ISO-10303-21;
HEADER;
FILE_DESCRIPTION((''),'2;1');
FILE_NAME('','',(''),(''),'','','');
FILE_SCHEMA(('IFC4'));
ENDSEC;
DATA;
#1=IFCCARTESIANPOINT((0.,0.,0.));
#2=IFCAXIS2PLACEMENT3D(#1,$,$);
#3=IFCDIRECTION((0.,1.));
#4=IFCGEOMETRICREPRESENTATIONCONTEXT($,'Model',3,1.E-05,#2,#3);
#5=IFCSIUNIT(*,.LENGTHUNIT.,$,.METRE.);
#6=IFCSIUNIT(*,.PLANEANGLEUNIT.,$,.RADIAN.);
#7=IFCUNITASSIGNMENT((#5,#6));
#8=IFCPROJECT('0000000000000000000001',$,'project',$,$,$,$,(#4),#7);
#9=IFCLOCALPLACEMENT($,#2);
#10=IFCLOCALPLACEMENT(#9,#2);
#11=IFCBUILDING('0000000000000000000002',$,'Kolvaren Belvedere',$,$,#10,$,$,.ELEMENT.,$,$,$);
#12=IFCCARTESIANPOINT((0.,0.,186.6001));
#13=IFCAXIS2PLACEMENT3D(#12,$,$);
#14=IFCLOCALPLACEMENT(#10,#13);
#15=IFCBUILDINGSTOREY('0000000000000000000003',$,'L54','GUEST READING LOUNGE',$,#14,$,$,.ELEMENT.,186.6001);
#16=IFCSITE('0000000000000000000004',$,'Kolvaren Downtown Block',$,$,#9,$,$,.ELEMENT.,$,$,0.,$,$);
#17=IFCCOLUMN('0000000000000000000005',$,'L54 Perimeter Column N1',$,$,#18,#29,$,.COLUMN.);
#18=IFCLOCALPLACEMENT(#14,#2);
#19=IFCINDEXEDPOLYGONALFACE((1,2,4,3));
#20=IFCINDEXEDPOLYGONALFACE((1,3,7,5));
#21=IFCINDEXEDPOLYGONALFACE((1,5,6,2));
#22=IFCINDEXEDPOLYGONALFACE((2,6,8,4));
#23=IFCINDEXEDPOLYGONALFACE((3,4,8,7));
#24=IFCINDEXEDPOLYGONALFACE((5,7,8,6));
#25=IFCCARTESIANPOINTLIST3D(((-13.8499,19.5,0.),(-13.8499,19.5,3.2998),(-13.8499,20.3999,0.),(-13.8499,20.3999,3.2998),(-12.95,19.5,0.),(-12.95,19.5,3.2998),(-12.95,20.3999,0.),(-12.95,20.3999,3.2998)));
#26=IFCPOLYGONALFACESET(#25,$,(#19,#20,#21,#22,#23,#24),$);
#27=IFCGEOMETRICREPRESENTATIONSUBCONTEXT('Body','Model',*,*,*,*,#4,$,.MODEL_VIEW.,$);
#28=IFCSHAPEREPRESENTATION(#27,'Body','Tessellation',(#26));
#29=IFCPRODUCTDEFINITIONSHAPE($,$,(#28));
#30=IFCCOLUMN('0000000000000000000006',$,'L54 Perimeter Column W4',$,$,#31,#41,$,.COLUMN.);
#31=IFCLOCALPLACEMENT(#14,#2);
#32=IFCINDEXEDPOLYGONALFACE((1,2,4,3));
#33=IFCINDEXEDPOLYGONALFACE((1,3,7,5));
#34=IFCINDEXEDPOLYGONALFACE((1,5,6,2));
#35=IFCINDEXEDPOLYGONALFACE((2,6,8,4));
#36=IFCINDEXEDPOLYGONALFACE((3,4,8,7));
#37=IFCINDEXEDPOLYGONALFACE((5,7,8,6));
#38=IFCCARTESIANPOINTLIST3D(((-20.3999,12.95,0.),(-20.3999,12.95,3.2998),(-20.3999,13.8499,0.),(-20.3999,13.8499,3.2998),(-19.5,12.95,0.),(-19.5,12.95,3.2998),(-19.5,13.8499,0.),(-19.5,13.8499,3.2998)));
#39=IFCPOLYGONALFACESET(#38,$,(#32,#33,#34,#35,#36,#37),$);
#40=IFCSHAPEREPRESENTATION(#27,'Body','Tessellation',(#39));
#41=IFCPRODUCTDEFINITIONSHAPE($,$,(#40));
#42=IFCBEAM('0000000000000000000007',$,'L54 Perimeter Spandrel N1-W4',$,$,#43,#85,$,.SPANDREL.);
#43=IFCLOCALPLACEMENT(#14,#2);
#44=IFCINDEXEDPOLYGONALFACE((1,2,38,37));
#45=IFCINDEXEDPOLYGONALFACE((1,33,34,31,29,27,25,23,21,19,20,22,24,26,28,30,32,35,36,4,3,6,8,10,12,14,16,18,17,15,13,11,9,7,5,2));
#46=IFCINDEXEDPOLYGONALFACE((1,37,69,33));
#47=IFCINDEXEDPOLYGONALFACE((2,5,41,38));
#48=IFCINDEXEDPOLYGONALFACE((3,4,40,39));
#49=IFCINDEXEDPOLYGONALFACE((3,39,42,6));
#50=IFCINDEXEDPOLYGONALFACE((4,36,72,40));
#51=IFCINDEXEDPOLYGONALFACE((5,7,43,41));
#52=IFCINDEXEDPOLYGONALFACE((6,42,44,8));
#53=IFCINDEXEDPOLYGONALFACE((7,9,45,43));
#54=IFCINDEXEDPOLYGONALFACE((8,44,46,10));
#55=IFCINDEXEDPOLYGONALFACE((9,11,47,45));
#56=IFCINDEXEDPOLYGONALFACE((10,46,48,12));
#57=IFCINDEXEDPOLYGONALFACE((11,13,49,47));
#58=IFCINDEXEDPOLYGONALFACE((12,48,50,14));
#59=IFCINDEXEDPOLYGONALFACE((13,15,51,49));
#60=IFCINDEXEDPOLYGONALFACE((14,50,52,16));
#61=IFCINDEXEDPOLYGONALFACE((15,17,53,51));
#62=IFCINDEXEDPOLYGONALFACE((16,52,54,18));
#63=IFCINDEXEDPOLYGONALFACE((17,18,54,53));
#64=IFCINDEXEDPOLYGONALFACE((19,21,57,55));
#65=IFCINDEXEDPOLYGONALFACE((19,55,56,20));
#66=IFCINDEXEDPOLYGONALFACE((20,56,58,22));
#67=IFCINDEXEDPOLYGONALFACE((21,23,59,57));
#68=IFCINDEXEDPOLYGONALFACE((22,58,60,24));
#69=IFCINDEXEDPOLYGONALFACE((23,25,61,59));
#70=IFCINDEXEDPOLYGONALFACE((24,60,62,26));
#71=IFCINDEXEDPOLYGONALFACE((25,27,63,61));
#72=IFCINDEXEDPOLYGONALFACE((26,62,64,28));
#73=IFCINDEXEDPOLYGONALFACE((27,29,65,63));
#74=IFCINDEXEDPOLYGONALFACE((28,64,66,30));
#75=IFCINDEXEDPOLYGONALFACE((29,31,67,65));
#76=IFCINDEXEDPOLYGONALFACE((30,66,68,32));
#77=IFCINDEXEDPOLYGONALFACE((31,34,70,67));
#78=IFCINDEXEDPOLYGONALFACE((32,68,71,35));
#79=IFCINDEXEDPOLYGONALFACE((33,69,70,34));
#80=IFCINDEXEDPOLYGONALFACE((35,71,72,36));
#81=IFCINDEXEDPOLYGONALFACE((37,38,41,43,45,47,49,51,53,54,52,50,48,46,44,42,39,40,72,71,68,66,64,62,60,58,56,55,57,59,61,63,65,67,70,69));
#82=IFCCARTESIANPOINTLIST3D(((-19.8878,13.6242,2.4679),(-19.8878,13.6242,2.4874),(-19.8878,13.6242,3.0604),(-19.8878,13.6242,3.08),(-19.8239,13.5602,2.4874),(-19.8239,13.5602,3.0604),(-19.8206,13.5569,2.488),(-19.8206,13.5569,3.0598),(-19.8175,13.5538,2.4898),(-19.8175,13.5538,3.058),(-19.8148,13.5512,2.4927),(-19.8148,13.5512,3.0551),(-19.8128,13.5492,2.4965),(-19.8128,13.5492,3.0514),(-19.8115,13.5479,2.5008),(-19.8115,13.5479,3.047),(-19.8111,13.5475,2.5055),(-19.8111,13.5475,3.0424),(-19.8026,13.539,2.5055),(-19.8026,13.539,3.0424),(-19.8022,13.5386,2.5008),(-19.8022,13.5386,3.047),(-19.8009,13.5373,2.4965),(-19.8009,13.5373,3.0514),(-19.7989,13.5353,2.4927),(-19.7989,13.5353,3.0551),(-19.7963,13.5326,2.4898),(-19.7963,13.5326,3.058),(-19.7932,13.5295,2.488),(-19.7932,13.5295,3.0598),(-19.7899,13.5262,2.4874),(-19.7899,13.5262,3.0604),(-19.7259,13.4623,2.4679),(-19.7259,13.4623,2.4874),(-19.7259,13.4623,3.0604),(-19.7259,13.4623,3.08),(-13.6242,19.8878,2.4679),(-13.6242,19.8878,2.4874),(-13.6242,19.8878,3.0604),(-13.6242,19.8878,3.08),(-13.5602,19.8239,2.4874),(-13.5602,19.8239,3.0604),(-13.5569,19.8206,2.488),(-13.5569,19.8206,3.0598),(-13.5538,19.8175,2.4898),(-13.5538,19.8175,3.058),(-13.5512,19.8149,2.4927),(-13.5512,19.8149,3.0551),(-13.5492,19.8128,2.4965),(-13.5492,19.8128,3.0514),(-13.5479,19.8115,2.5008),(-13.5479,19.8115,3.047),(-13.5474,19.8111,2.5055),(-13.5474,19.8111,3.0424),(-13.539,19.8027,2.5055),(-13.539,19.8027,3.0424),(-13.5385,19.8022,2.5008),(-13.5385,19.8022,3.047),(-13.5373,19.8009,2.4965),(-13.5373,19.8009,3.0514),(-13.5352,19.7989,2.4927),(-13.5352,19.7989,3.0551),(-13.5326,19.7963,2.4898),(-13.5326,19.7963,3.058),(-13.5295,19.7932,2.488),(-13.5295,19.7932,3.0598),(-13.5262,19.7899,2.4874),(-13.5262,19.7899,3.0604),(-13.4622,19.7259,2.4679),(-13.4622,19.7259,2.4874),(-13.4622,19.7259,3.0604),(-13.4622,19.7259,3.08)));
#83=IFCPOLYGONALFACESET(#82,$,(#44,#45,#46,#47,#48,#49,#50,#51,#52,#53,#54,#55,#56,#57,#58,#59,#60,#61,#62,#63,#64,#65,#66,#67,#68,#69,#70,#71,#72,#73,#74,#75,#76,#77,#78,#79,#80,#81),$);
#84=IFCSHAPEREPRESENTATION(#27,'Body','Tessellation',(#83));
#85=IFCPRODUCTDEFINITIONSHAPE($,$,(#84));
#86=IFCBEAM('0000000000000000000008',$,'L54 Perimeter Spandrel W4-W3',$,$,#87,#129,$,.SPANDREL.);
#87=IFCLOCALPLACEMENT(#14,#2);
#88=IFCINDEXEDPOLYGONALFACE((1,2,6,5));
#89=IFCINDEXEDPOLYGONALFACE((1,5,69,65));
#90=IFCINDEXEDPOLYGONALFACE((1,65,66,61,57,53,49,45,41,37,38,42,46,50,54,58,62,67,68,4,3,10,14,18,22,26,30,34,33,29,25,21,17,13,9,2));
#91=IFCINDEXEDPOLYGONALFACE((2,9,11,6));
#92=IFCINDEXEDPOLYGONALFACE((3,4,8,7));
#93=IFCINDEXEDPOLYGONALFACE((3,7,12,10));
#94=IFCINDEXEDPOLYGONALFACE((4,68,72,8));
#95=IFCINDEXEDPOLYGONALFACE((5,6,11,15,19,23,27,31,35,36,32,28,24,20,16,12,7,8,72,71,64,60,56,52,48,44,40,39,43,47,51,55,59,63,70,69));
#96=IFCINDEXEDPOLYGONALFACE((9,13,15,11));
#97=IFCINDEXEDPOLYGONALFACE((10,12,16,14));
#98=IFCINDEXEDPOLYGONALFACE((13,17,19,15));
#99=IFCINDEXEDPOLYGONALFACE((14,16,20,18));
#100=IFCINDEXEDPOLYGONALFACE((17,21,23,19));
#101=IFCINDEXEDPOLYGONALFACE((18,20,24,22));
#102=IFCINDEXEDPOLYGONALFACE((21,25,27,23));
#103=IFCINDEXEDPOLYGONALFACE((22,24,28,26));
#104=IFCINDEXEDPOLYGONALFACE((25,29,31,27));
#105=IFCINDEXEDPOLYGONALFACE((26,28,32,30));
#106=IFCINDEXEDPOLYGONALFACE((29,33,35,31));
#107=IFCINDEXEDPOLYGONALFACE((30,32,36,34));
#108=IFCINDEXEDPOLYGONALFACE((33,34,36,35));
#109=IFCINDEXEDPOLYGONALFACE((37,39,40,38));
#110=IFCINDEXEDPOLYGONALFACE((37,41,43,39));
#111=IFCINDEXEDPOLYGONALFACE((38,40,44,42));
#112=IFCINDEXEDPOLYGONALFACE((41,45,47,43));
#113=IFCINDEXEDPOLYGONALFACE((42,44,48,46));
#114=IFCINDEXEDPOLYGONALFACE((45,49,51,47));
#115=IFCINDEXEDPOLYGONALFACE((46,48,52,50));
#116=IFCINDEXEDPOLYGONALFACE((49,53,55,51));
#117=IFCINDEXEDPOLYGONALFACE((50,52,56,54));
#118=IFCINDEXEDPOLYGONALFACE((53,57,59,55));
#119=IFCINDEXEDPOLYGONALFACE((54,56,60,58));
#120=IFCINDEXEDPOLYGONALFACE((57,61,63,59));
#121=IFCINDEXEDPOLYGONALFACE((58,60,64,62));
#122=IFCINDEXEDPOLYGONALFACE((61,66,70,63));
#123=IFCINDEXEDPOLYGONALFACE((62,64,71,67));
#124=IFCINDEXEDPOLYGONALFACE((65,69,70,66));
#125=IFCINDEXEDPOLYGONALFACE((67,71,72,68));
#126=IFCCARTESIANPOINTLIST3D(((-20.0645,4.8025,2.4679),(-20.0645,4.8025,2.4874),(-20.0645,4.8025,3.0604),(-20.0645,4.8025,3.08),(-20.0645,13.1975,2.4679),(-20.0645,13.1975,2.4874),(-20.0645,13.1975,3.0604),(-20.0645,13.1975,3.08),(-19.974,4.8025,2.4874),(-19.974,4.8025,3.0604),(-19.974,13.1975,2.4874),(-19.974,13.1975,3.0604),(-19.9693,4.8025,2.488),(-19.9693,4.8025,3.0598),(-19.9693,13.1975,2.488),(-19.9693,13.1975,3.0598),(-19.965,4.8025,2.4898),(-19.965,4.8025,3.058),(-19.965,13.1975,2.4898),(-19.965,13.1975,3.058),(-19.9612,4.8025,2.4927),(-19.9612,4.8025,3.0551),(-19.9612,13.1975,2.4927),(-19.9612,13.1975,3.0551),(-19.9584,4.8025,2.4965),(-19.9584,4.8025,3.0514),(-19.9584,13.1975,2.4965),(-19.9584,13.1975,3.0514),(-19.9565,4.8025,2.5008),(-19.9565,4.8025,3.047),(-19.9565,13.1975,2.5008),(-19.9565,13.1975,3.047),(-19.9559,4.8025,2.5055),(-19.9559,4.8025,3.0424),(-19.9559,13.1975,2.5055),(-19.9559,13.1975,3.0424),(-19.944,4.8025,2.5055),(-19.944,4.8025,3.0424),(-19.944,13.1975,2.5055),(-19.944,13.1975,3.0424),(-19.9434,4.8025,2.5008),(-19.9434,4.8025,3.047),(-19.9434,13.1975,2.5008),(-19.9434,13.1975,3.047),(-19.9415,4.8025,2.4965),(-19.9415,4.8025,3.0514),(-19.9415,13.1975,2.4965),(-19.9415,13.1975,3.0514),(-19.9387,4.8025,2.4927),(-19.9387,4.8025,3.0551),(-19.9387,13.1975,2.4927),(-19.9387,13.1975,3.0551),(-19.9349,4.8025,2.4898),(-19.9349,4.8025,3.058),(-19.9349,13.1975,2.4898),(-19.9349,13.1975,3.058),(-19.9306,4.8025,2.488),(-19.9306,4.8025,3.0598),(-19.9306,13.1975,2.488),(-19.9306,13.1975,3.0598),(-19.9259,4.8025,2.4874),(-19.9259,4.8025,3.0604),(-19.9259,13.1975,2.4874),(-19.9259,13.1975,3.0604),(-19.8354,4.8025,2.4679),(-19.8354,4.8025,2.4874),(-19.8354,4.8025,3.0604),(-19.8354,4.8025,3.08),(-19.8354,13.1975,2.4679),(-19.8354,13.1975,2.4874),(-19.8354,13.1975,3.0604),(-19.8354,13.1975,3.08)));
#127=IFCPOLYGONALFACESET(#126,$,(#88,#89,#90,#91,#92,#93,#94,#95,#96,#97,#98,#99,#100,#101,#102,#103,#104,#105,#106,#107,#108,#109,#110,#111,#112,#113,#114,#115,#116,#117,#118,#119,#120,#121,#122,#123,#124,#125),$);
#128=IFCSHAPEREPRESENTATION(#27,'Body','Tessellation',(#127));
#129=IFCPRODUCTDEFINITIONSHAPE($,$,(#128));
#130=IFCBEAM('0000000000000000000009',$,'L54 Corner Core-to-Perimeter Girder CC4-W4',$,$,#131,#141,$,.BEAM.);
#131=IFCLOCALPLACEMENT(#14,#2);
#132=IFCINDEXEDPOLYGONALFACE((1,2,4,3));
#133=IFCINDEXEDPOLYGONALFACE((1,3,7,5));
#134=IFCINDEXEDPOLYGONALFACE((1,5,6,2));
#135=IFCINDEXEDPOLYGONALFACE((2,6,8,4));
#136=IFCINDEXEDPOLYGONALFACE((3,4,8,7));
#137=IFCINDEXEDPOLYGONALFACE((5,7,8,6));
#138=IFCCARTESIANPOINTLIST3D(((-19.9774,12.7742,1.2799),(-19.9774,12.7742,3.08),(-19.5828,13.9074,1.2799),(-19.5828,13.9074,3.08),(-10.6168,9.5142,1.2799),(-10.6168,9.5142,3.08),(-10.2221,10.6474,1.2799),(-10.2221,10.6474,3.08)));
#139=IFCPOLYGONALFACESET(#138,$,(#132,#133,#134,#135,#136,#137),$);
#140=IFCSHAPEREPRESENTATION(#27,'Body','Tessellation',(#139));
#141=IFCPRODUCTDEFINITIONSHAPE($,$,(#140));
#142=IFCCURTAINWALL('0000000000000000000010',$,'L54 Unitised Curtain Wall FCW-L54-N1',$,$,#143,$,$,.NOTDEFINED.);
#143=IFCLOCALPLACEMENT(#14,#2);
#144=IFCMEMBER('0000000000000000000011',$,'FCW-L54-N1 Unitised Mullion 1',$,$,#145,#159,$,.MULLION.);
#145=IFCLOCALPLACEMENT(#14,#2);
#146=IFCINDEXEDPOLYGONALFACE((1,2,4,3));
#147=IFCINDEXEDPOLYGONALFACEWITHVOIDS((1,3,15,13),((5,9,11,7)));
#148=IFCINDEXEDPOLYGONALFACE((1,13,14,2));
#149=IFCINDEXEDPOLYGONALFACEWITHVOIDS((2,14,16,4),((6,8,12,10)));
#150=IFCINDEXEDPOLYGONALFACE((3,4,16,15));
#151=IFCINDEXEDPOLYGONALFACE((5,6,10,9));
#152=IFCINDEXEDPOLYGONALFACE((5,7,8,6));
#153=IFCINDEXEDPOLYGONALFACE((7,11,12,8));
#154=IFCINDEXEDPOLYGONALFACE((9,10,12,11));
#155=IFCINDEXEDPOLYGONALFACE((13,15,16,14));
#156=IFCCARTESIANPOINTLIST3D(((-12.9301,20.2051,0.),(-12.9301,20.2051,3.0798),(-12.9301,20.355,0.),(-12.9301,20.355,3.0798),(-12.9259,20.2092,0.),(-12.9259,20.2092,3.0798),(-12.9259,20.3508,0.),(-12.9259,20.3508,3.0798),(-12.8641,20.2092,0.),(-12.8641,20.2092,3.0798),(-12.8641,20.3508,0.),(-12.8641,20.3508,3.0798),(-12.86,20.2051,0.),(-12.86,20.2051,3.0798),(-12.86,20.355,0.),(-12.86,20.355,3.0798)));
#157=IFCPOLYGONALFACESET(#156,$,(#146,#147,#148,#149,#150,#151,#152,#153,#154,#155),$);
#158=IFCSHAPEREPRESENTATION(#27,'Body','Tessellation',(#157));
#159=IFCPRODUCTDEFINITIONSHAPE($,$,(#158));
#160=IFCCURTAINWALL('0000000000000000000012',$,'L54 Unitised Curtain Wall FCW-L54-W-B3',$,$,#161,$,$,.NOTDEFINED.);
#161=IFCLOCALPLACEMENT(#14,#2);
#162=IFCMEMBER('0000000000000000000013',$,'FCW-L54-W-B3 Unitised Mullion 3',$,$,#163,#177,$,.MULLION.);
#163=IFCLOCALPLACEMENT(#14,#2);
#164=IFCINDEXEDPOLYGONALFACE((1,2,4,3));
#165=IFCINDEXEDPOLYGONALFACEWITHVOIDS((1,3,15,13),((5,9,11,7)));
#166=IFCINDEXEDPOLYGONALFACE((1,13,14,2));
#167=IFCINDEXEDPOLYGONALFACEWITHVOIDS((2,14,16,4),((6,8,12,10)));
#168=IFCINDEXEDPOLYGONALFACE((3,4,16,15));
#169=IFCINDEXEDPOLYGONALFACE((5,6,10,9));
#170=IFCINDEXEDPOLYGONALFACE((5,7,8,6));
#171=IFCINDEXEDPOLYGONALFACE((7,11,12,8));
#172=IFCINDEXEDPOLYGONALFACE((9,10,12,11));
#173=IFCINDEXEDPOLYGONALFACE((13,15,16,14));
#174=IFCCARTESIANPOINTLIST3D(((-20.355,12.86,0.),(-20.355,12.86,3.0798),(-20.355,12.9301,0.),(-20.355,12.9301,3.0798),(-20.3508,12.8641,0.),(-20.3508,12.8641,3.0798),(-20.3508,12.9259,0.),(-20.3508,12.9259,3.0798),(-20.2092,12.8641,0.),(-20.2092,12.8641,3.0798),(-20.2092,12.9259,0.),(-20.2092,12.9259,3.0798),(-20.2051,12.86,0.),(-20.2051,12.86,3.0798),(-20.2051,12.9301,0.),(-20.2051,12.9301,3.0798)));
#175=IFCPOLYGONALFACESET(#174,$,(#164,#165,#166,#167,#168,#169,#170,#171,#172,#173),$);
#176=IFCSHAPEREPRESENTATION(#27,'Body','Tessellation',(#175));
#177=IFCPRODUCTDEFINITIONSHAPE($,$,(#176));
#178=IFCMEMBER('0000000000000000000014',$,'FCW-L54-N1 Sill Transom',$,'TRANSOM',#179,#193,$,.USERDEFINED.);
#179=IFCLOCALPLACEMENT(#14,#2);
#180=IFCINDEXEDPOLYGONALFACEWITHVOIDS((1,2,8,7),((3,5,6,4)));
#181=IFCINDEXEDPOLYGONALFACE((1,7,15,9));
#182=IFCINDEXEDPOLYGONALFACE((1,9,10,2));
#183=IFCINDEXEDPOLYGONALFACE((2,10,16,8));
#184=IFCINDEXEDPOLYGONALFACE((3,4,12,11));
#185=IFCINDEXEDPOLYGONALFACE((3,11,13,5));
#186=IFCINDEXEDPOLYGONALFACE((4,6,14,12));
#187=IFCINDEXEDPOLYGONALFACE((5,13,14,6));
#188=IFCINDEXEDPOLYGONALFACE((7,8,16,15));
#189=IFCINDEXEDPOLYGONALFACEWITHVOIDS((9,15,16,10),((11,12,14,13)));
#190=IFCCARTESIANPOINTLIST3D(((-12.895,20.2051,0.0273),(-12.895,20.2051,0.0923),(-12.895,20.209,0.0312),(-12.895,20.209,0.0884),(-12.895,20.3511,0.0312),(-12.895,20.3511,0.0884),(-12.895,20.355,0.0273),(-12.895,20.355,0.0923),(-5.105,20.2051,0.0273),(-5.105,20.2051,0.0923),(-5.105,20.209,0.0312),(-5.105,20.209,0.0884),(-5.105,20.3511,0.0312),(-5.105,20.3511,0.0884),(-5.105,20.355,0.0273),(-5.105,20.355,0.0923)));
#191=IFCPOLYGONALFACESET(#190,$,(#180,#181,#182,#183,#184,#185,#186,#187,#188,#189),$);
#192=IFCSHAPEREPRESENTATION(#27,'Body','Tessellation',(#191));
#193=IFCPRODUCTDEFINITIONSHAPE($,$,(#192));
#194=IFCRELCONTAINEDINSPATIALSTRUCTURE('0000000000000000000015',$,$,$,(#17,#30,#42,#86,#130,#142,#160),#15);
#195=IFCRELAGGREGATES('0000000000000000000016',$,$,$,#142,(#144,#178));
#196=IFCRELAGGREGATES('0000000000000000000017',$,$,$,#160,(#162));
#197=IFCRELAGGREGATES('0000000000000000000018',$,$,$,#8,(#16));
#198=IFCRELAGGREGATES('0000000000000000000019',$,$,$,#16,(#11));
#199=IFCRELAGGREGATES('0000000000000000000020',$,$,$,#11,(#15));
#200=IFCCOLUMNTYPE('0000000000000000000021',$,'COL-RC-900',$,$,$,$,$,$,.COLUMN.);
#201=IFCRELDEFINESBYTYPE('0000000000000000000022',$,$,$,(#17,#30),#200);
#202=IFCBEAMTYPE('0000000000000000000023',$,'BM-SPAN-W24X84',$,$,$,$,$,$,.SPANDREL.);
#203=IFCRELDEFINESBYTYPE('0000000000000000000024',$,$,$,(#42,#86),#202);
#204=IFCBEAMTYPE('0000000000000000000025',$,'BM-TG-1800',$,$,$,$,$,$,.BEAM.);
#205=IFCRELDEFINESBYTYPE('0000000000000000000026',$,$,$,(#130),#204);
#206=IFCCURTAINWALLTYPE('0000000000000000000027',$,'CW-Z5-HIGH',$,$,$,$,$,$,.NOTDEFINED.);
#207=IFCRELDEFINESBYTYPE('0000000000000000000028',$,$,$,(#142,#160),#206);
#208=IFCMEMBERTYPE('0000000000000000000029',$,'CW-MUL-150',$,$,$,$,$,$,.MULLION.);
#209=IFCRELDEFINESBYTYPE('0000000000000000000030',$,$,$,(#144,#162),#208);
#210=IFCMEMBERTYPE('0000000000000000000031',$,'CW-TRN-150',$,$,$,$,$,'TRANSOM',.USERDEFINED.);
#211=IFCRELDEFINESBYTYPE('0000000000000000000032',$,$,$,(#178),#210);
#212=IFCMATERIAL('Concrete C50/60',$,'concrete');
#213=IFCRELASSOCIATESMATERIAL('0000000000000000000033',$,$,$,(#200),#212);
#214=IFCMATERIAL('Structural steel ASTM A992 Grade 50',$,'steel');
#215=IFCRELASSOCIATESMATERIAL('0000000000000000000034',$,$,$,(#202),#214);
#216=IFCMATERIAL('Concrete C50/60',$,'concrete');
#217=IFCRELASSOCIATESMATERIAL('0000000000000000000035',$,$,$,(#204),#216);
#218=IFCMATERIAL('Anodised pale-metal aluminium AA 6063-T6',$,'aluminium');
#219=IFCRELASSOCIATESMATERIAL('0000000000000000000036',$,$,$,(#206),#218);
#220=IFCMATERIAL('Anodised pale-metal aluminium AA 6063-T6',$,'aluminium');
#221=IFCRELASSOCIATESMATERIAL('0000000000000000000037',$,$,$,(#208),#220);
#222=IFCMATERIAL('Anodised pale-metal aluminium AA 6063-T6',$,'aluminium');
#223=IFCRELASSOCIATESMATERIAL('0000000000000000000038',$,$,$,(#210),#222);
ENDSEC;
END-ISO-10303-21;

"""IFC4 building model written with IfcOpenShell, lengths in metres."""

from ifc_helpers import new_model, si_unit, direction, frame, origin, origin_2d, place, context, subcontext, project, spatial, rectangle, hollow_rectangle, i_section, extrude, material, material_profile, profile_set, type_object, element, aggregate, save


model = new_model("IFC4")

# Units and contexts
model_context = context("Model", 3, precision=1e-05, world=origin(), true_north=direction((0.0, 1.0)))
body_context = subcontext(model_context, "Body", "Model", "MODEL_VIEW")
ifc_project = project(units=[si_unit("LENGTHUNIT", "METRE"), si_unit("PLANEANGLEUNIT", "RADIAN")], contexts=[model_context])

# Site, building, storey
site_placement = place(None, origin())
site = spatial("IfcSite", under=ifc_project, at=site_placement, Name="Kolvaren Downtown Block", CompositionType="ELEMENT", RefElevation=0.0)
building_placement = place(site_placement, origin())
building = spatial("IfcBuilding", under=site, at=building_placement, Name="Kolvaren Belvedere", CompositionType="ELEMENT")
storey_placement = place(building_placement, frame((0.0, 0.0, 186.6001)))
storey = spatial("IfcBuildingStorey", under=building, at=storey_placement, Name="L54", Description="GUEST READING LOUNGE", CompositionType="ELEMENT", Elevation=186.6001)

# Columns
ifc_material_1 = material(Name="Concrete C50/60", Category="concrete")
ifc_material_profile_1 = material_profile(ifc_material_1, rectangle(XDim=0.8999, YDim=0.8999, at=origin_2d()), Name="RC 900X900")
ifc_profile_set_1 = profile_set([ifc_material_profile_1], Name="Concrete C50/60")
column_type = type_object("IfcColumnType", Name="COL-RC-900", PredefinedType="COLUMN", material=ifc_profile_set_1)
for number, where, z_axis, x_axis, name in (
    (1, (-13.3999, 19.95, 0.0), (0.0, 0.0, 1.0), (1.0, 0.0, 0.0), "L54 Perimeter Column N1"),
    (2, (-19.95, 13.3999, 0.0), (0.0, 0.0, 1.0), (1.0, 0.0, 0.0), "L54 Perimeter Column W4"),
):
    element("IfcColumn", number, at=place(storey_placement, frame(where, z_axis=z_axis, x_axis=x_axis)), inside=storey, type_object=column_type, Name=name, PredefinedType="COLUMN", context=body_context, shape_type="SweptSolid", body=[
        extrude(rectangle(XDim=0.8999, YDim=0.8999, at=origin_2d()), origin(), (0.0, 0.0, 1.0), 3.2998),
    ])

# Beams
ifc_material_2 = material(Name="Structural steel ASTM A992 Grade 50", Category="steel")
ifc_material_profile_2 = material_profile(ifc_material_2, i_section(OverallWidth=0.229, OverallDepth=0.6121, WebThickness=0.012, FlangeThickness=0.0195, FilletRadius=0.0181, at=origin_2d()), Name="W24X84")
ifc_profile_set_2 = profile_set([ifc_material_profile_2], Name="Structural steel ASTM A992 Grade 50")
beam_type_1 = type_object("IfcBeamType", Name="BM-SPAN-W24X84", PredefinedType="SPANDREL", material=ifc_profile_set_2)
beam_1_placement = place(storey_placement, frame((-13.5432, 19.8069, 2.7739), z_axis=(-0.707107, -0.707107, 0.0), x_axis=(0.707107, -0.707107, 0.0)))
element("IfcBeam", 3, at=beam_1_placement, inside=storey, type_object=beam_type_1, Name="L54 Perimeter Spandrel N1-W4", PredefinedType="SPANDREL", context=body_context, shape_type="SweptSolid", body=[
    extrude(i_section(OverallWidth=0.229, OverallDepth=0.6121, WebThickness=0.012, FlangeThickness=0.0195, FilletRadius=0.0181, at=origin_2d()), origin(), (0.0, 0.0, 1.0), 8.8582),
])
beam_2_placement = place(storey_placement, frame((-19.95, 13.1975, 2.7739), z_axis=(0.0, -1.0, 0.0), x_axis=(1.0, 0.0, 0.0)))
element("IfcBeam", 4, at=beam_2_placement, inside=storey, type_object=beam_type_1, Name="L54 Perimeter Spandrel W4-W3", PredefinedType="SPANDREL", context=body_context, shape_type="SweptSolid", body=[
    extrude(i_section(OverallWidth=0.229, OverallDepth=0.6121, WebThickness=0.012, FlangeThickness=0.0195, FilletRadius=0.0181, at=origin_2d()), origin(), (0.0, 0.0, 1.0), 8.395),
])
ifc_material_3 = material(Name="Concrete C50/60", Category="concrete")
ifc_material_profile_3 = material_profile(ifc_material_3, rectangle(XDim=1.2, YDim=1.8, at=origin_2d()), Name="RC 1200X1800")
ifc_profile_set_3 = profile_set([ifc_material_profile_3], Name="Concrete C50/60")
beam_type_2 = type_object("IfcBeamType", Name="BM-TG-1800", PredefinedType="BEAM", material=ifc_profile_set_3)
beam_3_placement = place(storey_placement, frame((-10.4194, 10.0808, 2.1799), z_axis=(-0.944367, 0.328894, 0.0), x_axis=(-0.328894, -0.944367, 0.0)))
element("IfcBeam", 5, at=beam_3_placement, inside=storey, type_object=beam_type_2, Name="L54 Corner Core-to-Perimeter Girder CC4-W4", PredefinedType="BEAM", context=body_context, shape_type="SweptSolid", body=[
    extrude(rectangle(XDim=1.2, YDim=1.8, at=origin_2d()), origin(), (0.0, 0.0, 1.0), 9.9121),
])

# Curtain walls, members
ifc_material_4 = material(Name="Anodised pale-metal aluminium AA 6063-T6", Category="aluminium")
curtain_wall_type = type_object("IfcCurtainWallType", Name="CW-Z5-HIGH", PredefinedType="NOTDEFINED", material=ifc_material_4)
curtain_wall_1_placement = place(storey_placement, origin())
curtain_wall_1 = element("IfcCurtainWall", 6, at=curtain_wall_1_placement, inside=storey, type_object=curtain_wall_type, Name="L54 Unitised Curtain Wall FCW-L54-N1", PredefinedType="NOTDEFINED")
ifc_material_5 = material(Name="Anodised pale-metal aluminium AA 6063-T6", Category="aluminium")
ifc_material_profile_4 = material_profile(ifc_material_5, hollow_rectangle(XDim=0.0701, YDim=0.1499, WallThickness=0.0042, at=origin_2d()), Name="ALU-MUL-150X70")
ifc_profile_set_4 = profile_set([ifc_material_profile_4], Name="Anodised pale-metal aluminium AA 6063-T6")
member_type_1 = type_object("IfcMemberType", Name="CW-MUL-150", PredefinedType="MULLION", material=ifc_profile_set_4)
member_1_placement = place(storey_placement, frame((-12.895, 20.28, 0.0), z_axis=(0.0, 0.0, 1.0), x_axis=(1.0, 0.0, 0.0)))
member_1 = element("IfcMember", 7, at=member_1_placement, type_object=member_type_1, Name="FCW-L54-N1 Unitised Mullion 1", PredefinedType="MULLION", context=body_context, shape_type="SweptSolid", body=[
    extrude(hollow_rectangle(XDim=0.0701, YDim=0.1499, WallThickness=0.0042, at=origin_2d()), origin(), (0.0, 0.0, 1.0), 3.0798),
])
curtain_wall_2_placement = place(storey_placement, origin())
curtain_wall_2 = element("IfcCurtainWall", 8, at=curtain_wall_2_placement, inside=storey, type_object=curtain_wall_type, Name="L54 Unitised Curtain Wall FCW-L54-W-B3", PredefinedType="NOTDEFINED")
member_2_placement = place(storey_placement, frame((-20.28, 12.895, 0.0), z_axis=(0.0, 0.0, 1.0), x_axis=(0.0, 1.0, 0.0)))
member_2 = element("IfcMember", 9, at=member_2_placement, type_object=member_type_1, Name="FCW-L54-W-B3 Unitised Mullion 3", PredefinedType="MULLION", context=body_context, shape_type="SweptSolid", body=[
    extrude(hollow_rectangle(XDim=0.0701, YDim=0.1499, WallThickness=0.0042, at=origin_2d()), origin(), (0.0, 0.0, 1.0), 3.0798),
])

# Member
ifc_material_6 = material(Name="Anodised pale-metal aluminium AA 6063-T6", Category="aluminium")
ifc_material_profile_5 = material_profile(ifc_material_6, hollow_rectangle(XDim=0.0649, YDim=0.1499, WallThickness=0.0039, at=origin_2d()), Name="ALU-TRN-150X65")
ifc_profile_set_5 = profile_set([ifc_material_profile_5], Name="Anodised pale-metal aluminium AA 6063-T6")
member_type_2 = type_object("IfcMemberType", Name="CW-TRN-150", ElementType="TRANSOM", PredefinedType="USERDEFINED", material=ifc_profile_set_5)
member_3_placement = place(storey_placement, frame((-12.895, 20.28, 0.0598), z_axis=(1.0, 0.0, 0.0), x_axis=(0.0, 0.0, 1.0)))
member_3 = element("IfcMember", 10, at=member_3_placement, type_object=member_type_2, Name="FCW-L54-N1 Sill Transom", ObjectType="TRANSOM", PredefinedType="USERDEFINED", context=body_context, shape_type="SweptSolid", body=[
    extrude(hollow_rectangle(XDim=0.0649, YDim=0.1499, WallThickness=0.0039, at=origin_2d()), origin(), (0.0, 0.0, 1.0), 7.79),
])

aggregate(curtain_wall_1, [member_1, member_3])
aggregate(curtain_wall_2, [member_2])

save(model, "model.ifc")
